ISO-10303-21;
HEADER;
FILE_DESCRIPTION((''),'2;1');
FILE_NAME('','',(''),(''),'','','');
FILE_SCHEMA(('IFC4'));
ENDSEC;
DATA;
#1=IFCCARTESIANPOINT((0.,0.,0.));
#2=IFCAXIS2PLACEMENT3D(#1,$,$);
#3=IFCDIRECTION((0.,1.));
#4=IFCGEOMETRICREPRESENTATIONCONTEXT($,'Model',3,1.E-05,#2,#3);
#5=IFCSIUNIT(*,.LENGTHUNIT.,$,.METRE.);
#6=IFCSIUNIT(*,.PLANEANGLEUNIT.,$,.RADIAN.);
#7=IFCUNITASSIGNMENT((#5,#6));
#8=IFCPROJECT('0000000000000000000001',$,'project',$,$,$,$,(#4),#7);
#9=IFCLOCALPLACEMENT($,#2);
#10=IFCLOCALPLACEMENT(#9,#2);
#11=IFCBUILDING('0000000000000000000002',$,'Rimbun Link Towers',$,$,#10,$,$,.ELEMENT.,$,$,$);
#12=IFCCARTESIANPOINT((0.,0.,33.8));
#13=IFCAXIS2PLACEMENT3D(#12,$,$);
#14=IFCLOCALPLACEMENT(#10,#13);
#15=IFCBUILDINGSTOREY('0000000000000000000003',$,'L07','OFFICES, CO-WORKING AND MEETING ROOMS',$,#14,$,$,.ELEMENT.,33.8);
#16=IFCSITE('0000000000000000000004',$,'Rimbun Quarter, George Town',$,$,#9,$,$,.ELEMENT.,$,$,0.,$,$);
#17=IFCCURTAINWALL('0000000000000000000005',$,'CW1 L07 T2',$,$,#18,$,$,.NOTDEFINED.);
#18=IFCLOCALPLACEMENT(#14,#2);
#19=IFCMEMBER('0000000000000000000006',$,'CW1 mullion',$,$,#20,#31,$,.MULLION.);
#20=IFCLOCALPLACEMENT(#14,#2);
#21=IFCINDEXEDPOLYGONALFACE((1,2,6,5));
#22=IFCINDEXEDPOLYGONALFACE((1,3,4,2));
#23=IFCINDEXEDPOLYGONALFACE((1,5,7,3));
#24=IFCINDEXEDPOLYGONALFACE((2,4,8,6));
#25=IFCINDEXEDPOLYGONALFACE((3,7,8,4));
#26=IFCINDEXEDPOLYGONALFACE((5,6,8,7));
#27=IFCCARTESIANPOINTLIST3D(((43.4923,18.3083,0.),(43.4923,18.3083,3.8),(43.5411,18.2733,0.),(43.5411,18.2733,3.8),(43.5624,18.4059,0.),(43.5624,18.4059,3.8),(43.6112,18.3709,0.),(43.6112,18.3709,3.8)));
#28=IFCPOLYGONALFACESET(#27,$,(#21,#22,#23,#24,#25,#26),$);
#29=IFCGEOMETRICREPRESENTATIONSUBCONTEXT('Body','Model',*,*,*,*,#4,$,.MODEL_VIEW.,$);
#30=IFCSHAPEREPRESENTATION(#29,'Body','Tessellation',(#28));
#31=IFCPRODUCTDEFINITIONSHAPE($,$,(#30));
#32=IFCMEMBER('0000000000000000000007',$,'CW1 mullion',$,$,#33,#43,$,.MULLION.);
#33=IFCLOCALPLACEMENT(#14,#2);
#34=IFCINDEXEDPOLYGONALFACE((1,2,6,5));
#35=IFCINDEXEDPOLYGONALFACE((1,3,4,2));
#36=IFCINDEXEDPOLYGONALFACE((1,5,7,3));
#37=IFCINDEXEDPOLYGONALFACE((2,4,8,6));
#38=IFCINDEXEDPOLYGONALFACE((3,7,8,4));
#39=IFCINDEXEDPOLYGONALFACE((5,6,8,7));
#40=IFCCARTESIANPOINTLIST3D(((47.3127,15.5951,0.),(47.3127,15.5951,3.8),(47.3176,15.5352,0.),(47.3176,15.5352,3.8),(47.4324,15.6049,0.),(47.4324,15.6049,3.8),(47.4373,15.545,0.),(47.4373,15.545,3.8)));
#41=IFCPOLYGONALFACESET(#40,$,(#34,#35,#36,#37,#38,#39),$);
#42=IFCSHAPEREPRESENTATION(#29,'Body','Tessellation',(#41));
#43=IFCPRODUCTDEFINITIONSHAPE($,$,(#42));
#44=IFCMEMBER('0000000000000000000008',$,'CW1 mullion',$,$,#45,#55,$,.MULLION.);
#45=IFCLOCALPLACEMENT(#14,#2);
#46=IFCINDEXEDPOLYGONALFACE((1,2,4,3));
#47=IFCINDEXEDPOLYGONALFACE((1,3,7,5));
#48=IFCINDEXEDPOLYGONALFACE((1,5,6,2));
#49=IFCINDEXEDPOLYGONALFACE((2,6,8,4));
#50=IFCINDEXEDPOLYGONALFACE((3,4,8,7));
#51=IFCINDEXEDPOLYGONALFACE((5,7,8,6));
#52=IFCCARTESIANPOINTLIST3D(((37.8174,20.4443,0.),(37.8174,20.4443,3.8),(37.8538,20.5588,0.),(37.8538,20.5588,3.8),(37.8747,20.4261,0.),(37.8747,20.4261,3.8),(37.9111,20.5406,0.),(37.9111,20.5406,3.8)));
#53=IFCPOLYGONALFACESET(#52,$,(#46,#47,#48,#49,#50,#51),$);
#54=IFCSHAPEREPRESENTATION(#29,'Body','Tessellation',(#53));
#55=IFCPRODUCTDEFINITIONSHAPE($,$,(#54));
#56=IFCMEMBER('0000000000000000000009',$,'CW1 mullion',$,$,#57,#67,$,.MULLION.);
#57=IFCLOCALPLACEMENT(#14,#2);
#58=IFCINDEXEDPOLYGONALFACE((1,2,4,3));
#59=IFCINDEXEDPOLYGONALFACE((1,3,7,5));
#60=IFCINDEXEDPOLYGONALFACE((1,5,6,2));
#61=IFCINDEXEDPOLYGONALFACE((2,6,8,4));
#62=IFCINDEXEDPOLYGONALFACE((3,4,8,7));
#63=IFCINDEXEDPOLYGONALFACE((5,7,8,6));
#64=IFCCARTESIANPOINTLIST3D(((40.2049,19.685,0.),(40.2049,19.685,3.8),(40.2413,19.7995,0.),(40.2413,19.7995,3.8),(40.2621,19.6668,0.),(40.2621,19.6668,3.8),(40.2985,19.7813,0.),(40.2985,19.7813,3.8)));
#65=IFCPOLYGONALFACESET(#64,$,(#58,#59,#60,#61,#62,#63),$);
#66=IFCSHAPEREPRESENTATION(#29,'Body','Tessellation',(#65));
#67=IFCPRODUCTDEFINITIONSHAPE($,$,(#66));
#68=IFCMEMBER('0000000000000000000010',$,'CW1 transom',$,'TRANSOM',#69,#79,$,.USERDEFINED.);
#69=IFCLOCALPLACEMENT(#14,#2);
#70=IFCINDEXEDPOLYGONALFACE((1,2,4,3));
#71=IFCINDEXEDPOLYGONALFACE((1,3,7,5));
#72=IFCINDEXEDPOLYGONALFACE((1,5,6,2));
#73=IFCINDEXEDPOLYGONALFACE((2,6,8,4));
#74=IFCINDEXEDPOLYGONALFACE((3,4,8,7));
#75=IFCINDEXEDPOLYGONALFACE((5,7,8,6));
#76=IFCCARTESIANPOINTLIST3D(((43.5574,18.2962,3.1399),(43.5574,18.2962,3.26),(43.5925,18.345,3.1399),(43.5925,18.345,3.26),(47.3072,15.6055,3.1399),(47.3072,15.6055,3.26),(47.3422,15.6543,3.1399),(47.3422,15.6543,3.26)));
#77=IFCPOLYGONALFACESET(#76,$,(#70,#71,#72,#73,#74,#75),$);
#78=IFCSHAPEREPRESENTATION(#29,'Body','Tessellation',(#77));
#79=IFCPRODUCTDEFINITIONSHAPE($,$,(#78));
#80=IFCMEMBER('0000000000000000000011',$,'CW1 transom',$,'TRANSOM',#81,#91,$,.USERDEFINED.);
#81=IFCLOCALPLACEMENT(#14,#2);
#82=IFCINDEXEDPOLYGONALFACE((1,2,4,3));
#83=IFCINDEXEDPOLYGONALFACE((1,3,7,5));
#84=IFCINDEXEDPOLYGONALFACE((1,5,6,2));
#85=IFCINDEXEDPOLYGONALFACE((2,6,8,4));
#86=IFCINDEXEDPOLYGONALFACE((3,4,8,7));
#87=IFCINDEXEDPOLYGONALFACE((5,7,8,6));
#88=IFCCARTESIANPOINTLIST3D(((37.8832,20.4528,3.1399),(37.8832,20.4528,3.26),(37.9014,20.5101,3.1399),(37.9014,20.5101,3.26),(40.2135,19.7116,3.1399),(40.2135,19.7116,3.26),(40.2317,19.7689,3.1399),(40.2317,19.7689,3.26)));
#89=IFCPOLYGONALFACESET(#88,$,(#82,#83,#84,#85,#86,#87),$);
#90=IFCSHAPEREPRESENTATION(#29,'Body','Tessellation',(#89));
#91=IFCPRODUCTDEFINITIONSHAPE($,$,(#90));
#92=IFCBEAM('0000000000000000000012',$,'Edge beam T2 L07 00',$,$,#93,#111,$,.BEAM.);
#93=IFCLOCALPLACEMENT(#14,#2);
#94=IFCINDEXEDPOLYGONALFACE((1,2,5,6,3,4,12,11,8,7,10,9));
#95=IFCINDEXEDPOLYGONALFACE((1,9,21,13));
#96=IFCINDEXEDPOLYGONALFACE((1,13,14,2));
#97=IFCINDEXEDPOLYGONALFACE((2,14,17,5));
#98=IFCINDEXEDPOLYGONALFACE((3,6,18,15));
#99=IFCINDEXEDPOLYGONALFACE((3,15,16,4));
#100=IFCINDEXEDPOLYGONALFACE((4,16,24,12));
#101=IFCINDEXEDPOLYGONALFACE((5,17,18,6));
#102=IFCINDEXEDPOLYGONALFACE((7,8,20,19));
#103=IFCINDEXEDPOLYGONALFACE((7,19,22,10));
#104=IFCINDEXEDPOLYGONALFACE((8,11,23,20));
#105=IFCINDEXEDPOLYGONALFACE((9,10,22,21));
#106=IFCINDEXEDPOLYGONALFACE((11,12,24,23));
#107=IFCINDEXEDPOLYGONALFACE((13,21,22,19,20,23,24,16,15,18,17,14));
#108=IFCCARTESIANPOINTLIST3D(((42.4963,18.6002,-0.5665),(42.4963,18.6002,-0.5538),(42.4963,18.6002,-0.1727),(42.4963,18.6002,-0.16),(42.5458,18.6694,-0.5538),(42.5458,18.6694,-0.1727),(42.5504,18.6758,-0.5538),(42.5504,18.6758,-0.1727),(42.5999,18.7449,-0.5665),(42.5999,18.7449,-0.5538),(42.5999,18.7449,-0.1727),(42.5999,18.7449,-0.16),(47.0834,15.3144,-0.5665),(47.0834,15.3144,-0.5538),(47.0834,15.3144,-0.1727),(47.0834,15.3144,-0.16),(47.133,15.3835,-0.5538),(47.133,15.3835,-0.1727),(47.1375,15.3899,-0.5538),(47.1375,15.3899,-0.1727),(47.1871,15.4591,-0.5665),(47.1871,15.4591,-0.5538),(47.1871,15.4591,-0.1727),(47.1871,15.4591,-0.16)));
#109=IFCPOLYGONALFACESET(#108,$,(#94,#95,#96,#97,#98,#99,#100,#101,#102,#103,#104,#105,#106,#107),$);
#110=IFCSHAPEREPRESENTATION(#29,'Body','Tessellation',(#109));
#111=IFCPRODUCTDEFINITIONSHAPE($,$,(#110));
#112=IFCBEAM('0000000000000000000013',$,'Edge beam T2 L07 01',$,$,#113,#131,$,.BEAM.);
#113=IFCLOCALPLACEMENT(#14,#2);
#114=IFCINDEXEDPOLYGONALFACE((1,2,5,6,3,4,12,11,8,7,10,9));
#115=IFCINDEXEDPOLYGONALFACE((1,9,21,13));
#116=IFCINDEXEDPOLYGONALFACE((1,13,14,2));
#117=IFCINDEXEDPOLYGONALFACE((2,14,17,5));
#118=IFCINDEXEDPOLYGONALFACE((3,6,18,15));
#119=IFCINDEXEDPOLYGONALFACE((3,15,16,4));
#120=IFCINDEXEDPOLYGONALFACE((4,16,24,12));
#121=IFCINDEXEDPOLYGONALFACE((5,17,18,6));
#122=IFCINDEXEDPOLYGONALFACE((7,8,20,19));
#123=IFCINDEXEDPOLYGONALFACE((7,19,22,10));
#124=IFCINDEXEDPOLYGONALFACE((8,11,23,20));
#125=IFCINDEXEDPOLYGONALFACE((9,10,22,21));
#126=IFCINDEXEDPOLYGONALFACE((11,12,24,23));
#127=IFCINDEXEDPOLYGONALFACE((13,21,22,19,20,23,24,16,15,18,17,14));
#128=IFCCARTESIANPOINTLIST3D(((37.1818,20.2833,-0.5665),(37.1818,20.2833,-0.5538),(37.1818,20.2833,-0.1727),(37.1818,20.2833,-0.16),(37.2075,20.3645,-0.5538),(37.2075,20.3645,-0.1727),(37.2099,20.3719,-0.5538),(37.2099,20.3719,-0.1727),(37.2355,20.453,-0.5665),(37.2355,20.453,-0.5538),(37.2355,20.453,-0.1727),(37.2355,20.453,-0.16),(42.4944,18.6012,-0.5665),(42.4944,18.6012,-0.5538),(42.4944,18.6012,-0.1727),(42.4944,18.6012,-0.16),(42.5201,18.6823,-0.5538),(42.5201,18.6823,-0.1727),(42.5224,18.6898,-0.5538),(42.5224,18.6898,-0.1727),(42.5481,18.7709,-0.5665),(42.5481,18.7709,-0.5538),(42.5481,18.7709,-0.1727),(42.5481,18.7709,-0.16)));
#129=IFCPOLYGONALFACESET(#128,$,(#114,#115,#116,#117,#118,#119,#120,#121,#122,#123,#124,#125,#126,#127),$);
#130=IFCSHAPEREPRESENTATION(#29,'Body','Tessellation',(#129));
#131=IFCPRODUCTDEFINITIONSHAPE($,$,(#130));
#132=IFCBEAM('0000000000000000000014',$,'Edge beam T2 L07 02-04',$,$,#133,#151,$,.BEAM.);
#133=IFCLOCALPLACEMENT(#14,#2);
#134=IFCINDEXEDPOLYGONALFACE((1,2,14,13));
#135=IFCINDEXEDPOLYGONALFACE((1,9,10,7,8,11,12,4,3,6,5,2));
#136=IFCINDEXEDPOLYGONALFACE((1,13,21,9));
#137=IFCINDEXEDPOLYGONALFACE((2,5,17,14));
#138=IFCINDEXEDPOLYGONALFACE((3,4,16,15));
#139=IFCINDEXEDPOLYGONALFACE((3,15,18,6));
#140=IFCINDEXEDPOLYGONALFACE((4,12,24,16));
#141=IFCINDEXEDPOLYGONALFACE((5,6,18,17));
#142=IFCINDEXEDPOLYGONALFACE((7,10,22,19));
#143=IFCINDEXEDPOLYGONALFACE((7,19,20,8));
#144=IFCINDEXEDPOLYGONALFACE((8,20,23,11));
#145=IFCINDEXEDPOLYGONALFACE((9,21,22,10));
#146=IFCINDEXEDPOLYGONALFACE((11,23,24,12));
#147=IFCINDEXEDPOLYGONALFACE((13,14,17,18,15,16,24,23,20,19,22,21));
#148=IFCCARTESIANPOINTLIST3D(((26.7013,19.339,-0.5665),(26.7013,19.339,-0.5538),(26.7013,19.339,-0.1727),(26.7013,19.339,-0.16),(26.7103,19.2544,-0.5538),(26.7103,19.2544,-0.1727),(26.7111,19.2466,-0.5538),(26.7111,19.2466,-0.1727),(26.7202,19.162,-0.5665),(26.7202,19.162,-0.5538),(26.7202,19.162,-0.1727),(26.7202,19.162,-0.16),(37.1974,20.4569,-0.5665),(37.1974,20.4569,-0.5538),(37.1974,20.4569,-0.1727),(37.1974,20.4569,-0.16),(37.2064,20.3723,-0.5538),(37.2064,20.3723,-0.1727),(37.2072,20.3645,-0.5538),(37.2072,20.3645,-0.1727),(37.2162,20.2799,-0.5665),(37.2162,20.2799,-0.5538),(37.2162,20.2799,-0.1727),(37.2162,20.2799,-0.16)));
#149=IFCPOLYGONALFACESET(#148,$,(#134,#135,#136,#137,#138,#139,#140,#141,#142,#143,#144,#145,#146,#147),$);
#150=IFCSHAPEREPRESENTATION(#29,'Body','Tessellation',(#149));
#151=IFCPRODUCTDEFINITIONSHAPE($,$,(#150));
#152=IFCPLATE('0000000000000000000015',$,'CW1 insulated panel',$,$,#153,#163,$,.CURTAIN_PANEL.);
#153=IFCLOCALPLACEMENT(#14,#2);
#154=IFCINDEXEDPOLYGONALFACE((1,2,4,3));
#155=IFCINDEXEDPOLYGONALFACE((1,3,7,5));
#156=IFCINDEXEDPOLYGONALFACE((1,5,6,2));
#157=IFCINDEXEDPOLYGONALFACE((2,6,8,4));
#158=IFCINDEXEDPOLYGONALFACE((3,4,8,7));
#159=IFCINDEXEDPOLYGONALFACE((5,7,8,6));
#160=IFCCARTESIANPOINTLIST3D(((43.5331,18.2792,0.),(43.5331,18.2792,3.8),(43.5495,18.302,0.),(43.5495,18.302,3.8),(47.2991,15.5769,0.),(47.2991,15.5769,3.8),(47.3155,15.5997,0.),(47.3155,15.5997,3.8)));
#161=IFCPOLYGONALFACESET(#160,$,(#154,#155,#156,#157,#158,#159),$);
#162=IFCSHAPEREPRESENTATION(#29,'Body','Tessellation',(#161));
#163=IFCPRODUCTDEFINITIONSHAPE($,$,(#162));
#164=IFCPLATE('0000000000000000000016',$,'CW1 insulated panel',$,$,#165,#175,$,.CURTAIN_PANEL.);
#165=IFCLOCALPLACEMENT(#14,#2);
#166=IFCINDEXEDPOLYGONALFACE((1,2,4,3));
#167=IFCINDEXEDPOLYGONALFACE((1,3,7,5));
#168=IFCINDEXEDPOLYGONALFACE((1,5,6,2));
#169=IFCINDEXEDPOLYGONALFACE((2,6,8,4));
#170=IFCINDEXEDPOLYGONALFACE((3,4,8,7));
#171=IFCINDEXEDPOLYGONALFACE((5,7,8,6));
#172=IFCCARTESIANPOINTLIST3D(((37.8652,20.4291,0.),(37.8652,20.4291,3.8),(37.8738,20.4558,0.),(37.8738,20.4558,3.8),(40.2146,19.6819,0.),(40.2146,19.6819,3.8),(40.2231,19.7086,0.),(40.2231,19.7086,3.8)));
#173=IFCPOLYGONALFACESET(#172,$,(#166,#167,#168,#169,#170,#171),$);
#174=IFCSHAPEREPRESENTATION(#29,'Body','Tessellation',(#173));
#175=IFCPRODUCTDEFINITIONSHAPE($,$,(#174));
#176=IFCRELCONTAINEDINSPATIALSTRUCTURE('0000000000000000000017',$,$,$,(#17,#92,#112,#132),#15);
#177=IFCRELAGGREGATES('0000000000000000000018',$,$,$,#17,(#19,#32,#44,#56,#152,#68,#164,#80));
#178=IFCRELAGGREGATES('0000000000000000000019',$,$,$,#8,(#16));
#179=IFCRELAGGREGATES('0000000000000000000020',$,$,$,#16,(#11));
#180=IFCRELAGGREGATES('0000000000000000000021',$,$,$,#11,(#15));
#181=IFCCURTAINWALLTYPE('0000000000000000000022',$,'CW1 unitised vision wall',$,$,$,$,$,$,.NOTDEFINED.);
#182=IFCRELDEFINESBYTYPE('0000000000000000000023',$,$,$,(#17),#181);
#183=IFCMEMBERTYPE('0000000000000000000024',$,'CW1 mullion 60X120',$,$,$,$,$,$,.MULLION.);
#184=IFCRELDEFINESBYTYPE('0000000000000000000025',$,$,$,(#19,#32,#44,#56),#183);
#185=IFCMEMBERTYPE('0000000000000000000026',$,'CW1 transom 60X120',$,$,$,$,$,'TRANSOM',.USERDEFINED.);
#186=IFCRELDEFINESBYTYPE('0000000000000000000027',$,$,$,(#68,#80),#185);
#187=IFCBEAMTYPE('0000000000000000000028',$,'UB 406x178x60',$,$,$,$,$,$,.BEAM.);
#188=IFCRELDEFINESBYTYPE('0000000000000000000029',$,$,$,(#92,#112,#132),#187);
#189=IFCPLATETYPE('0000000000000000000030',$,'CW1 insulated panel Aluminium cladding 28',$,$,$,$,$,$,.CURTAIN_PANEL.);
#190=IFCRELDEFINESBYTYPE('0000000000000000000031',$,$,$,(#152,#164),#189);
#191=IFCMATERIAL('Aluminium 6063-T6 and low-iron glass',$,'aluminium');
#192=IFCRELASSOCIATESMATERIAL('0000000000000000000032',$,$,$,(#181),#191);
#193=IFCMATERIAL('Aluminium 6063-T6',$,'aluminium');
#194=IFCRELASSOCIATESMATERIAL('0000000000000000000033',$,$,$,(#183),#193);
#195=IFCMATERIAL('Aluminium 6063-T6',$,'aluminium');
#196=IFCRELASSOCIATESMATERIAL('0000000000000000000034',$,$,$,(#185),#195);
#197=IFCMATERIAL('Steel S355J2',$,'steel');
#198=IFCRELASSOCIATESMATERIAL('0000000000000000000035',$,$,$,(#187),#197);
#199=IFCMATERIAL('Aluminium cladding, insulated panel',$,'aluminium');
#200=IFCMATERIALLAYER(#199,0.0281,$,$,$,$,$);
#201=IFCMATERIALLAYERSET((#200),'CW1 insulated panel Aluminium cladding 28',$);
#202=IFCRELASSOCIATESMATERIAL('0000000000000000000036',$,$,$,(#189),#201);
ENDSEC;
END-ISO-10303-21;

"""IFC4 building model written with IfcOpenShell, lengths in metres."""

from ifc_helpers import new_model, si_unit, direction, frame, origin, origin_2d, place, context, subcontext, project, spatial, rectangle, i_section, extrude, material, layer, layer_set, material_profile, profile_set, type_object, element, aggregate, save


model = new_model("IFC4")

# Units and contexts
model_context = context("Model", 3, precision=1e-05, world=origin(), true_north=direction((0.0, 1.0)))
body_context = subcontext(model_context, "Body", "Model", "MODEL_VIEW")
ifc_project = project(units=[si_unit("LENGTHUNIT", "METRE"), si_unit("PLANEANGLEUNIT", "RADIAN")], contexts=[model_context])

# Site, building, storey
site_placement = place(None, origin())
site = spatial("IfcSite", under=ifc_project, at=site_placement, Name="Rimbun Quarter, George Town", CompositionType="ELEMENT", RefElevation=0.0)
building_placement = place(site_placement, origin())
building = spatial("IfcBuilding", under=site, at=building_placement, Name="Rimbun Link Towers", CompositionType="ELEMENT")
storey_placement = place(building_placement, frame((0.0, 0.0, 33.8)))
storey = spatial("IfcBuildingStorey", under=building, at=storey_placement, Name="L07", Description="OFFICES, CO-WORKING AND MEETING ROOMS", CompositionType="ELEMENT", Elevation=33.8)

# Curtain wall, members
ifc_material_1 = material(Name="Aluminium 6063-T6 and low-iron glass", Category="aluminium")
curtain_wall_type = type_object("IfcCurtainWallType", Name="CW1 unitised vision wall", PredefinedType="NOTDEFINED", material=ifc_material_1)
curtain_wall_placement = place(storey_placement, origin())
curtain_wall = element("IfcCurtainWall", 1, at=curtain_wall_placement, inside=storey, type_object=curtain_wall_type, Name="CW1 L07 T2", PredefinedType="NOTDEFINED")
ifc_material_2 = material(Name="Aluminium 6063-T6", Category="aluminium")
ifc_material_profile_1 = material_profile(ifc_material_2, rectangle(XDim=0.1201, YDim=0.0601, at=origin_2d()), Name="MULLION 60X120")
ifc_profile_set_1 = profile_set([ifc_material_profile_1], Name="Aluminium 6063-T6")
member_type_1 = type_object("IfcMemberType", Name="CW1 mullion 60X120", PredefinedType="MULLION", material=ifc_profile_set_1)
member_1_placement = place(storey_placement, frame((43.5518, 18.3396, 0.0), z_axis=(0.0, 0.0, 1.0), x_axis=(0.582998, 0.812474, 0.0)))
member_1 = element("IfcMember", 2, at=member_1_placement, type_object=member_type_1, Name="CW1 mullion", PredefinedType="MULLION", context=body_context, shape_type="SweptSolid", body=[
    extrude(rectangle(XDim=0.1201, YDim=0.0601, at=origin_2d()), origin(), (0.0, 0.0, 1.0), 3.8),
])
member_2_placement = place(storey_placement, frame((47.375, 15.5701, 0.0), z_axis=(0.0, 0.0, 1.0), x_axis=(0.996681, 0.081402, 0.0)))
member_2 = element("IfcMember", 3, at=member_2_placement, type_object=member_type_1, Name="CW1 mullion", PredefinedType="MULLION", context=body_context, shape_type="SweptSolid", body=[
    extrude(rectangle(XDim=0.1201, YDim=0.0601, at=origin_2d()), origin(), (0.0, 0.0, 1.0), 3.8),
])
member_3_placement = place(storey_placement, frame((37.8643, 20.4924, 0.0), z_axis=(0.0, 0.0, 1.0), x_axis=(0.303074, 0.952967, 0.0)))
member_3 = element("IfcMember", 4, at=member_3_placement, type_object=member_type_1, Name="CW1 mullion", PredefinedType="MULLION", context=body_context, shape_type="SweptSolid", body=[
    extrude(rectangle(XDim=0.1201, YDim=0.0601, at=origin_2d()), origin(), (0.0, 0.0, 1.0), 3.8),
])
member_4_placement = place(storey_placement, frame((40.2517, 19.7332, 0.0), z_axis=(0.0, 0.0, 1.0), x_axis=(0.303074, 0.952967, 0.0)))
member_4 = element("IfcMember", 5, at=member_4_placement, type_object=member_type_1, Name="CW1 mullion", PredefinedType="MULLION", context=body_context, shape_type="SweptSolid", body=[
    extrude(rectangle(XDim=0.1201, YDim=0.0601, at=origin_2d()), origin(), (0.0, 0.0, 1.0), 3.8),
])
ifc_material_3 = material(Name="Aluminium 6063-T6", Category="aluminium")
ifc_material_profile_2 = material_profile(ifc_material_3, rectangle(XDim=0.0601, YDim=0.1201, at=origin_2d()), Name="TRANSOM 60X120")
ifc_profile_set_2 = profile_set([ifc_material_profile_2], Name="Aluminium 6063-T6")
member_type_2 = type_object("IfcMemberType", Name="CW1 transom 60X120", ElementType="TRANSOM", PredefinedType="USERDEFINED", material=ifc_profile_set_2)
member_5_placement = place(storey_placement, frame((43.575, 18.3206, 3.2), z_axis=(0.812473, -0.582998, 0.0), x_axis=(0.582998, 0.812473, 0.0)))
member_5 = element("IfcMember", 6, at=member_5_placement, type_object=member_type_2, Name="CW1 transom", ObjectType="TRANSOM", PredefinedType="USERDEFINED", context=body_context, shape_type="SweptSolid", body=[
    extrude(rectangle(XDim=0.0601, YDim=0.1201, at=origin_2d()), origin(), (0.0, 0.0, 1.0), 4.6152),
])
member_6_placement = place(storey_placement, frame((37.8923, 20.4814, 3.2), z_axis=(0.952956, -0.303109, 0.0), x_axis=(0.303109, 0.952956, 0.0)))
member_6 = element("IfcMember", 7, at=member_6_placement, type_object=member_type_2, Name="CW1 transom", ObjectType="TRANSOM", PredefinedType="USERDEFINED", context=body_context, shape_type="SweptSolid", body=[
    extrude(rectangle(XDim=0.0601, YDim=0.1201, at=origin_2d()), origin(), (0.0, 0.0, 1.0), 2.4453),
])

# Beams
ifc_material_4 = material(Name="Steel S355J2", Category="steel")
ifc_material_profile_3 = material_profile(ifc_material_4, i_section(OverallWidth=0.178, OverallDepth=0.4065, WebThickness=0.0078, FlangeThickness=0.0127, at=origin_2d()), Name="UB 406x178x60")
ifc_profile_set_3 = profile_set([ifc_material_profile_3], Name="Steel S355J2")
beam_type = type_object("IfcBeamType", Name="UB 406x178x60", PredefinedType="BEAM", material=ifc_profile_set_3)
beam_1_placement = place(storey_placement, frame((47.1353, 15.3867, -0.3633), z_axis=(-0.812949, 0.582335, 0.0), x_axis=(-0.582335, -0.812949, 0.0)))
element("IfcBeam", 8, at=beam_1_placement, inside=storey, type_object=beam_type, Name="Edge beam T2 L07 00", PredefinedType="BEAM", context=body_context, shape_type="SweptSolid", body=[
    extrude(i_section(OverallWidth=0.178, OverallDepth=0.4065, WebThickness=0.0078, FlangeThickness=0.0127, at=origin_2d()), origin(), (0.0, 0.0, 1.0), 5.6426),
])
beam_2_placement = place(storey_placement, frame((42.5212, 18.686, -0.3633), z_axis=(-0.953351, 0.301865, 0.0), x_axis=(-0.301865, -0.953351, 0.0)))
element("IfcBeam", 9, at=beam_2_placement, inside=storey, type_object=beam_type, Name="Edge beam T2 L07 01", PredefinedType="BEAM", context=body_context, shape_type="SweptSolid", body=[
    extrude(i_section(OverallWidth=0.178, OverallDepth=0.4065, WebThickness=0.0078, FlangeThickness=0.0127, at=origin_2d()), origin(), (0.0, 0.0, 1.0), 5.5725),
])
beam_3_placement = place(storey_placement, frame((37.2068, 20.3684, -0.3633), z_axis=(-0.994376, -0.105909, 0.0), x_axis=(0.105909, -0.994376, 0.0)))
element("IfcBeam", 10, at=beam_3_placement, inside=storey, type_object=beam_type, Name="Edge beam T2 L07 02-04", PredefinedType="BEAM", context=body_context, shape_type="SweptSolid", body=[
    extrude(i_section(OverallWidth=0.178, OverallDepth=0.4065, WebThickness=0.0078, FlangeThickness=0.0127, at=origin_2d()), origin(), (0.0, 0.0, 1.0), 10.5554),
])

# Plates
ifc_material_5 = material(Name="Aluminium cladding, insulated panel", Category="aluminium")
ifc_layer_1 = layer(ifc_material_5, 0.0281)
ifc_layer_set_1 = layer_set([ifc_layer_1], Name="CW1 insulated panel Aluminium cladding 28")
plate_type = type_object("IfcPlateType", Name="CW1 insulated panel Aluminium cladding 28", PredefinedType="CURTAIN_PANEL", material=ifc_layer_set_1)
plate_1_placement = place(storey_placement, frame((45.4243, 16.9395, 0.0), z_axis=(0.0, 0.0, 1.0), x_axis=(0.812474, -0.582998, 0.0)))
plate_1 = element("IfcPlate", 11, at=plate_1_placement, type_object=plate_type, Name="CW1 insulated panel", PredefinedType="CURTAIN_PANEL", context=body_context, shape_type="SweptSolid", body=[
    extrude(rectangle(XDim=4.6353, YDim=0.0281, at=origin_2d()), origin(), (0.0, 0.0, 1.0), 3.8),
])
plate_2_placement = place(storey_placement, frame((39.0442, 20.0688, 0.0), z_axis=(0.0, 0.0, 1.0), x_axis=(0.952967, -0.303074, 0.0)))
plate_2 = element("IfcPlate", 12, at=plate_2_placement, type_object=plate_type, Name="CW1 insulated panel", PredefinedType="CURTAIN_PANEL", context=body_context, shape_type="SweptSolid", body=[
    extrude(rectangle(XDim=2.4653, YDim=0.0281, at=origin_2d()), origin(), (0.0, 0.0, 1.0), 3.8),
])
aggregate(curtain_wall, [member_1, member_2, member_3, member_4, plate_1, member_5, plate_2, member_6])

save(model, "model.ifc")
